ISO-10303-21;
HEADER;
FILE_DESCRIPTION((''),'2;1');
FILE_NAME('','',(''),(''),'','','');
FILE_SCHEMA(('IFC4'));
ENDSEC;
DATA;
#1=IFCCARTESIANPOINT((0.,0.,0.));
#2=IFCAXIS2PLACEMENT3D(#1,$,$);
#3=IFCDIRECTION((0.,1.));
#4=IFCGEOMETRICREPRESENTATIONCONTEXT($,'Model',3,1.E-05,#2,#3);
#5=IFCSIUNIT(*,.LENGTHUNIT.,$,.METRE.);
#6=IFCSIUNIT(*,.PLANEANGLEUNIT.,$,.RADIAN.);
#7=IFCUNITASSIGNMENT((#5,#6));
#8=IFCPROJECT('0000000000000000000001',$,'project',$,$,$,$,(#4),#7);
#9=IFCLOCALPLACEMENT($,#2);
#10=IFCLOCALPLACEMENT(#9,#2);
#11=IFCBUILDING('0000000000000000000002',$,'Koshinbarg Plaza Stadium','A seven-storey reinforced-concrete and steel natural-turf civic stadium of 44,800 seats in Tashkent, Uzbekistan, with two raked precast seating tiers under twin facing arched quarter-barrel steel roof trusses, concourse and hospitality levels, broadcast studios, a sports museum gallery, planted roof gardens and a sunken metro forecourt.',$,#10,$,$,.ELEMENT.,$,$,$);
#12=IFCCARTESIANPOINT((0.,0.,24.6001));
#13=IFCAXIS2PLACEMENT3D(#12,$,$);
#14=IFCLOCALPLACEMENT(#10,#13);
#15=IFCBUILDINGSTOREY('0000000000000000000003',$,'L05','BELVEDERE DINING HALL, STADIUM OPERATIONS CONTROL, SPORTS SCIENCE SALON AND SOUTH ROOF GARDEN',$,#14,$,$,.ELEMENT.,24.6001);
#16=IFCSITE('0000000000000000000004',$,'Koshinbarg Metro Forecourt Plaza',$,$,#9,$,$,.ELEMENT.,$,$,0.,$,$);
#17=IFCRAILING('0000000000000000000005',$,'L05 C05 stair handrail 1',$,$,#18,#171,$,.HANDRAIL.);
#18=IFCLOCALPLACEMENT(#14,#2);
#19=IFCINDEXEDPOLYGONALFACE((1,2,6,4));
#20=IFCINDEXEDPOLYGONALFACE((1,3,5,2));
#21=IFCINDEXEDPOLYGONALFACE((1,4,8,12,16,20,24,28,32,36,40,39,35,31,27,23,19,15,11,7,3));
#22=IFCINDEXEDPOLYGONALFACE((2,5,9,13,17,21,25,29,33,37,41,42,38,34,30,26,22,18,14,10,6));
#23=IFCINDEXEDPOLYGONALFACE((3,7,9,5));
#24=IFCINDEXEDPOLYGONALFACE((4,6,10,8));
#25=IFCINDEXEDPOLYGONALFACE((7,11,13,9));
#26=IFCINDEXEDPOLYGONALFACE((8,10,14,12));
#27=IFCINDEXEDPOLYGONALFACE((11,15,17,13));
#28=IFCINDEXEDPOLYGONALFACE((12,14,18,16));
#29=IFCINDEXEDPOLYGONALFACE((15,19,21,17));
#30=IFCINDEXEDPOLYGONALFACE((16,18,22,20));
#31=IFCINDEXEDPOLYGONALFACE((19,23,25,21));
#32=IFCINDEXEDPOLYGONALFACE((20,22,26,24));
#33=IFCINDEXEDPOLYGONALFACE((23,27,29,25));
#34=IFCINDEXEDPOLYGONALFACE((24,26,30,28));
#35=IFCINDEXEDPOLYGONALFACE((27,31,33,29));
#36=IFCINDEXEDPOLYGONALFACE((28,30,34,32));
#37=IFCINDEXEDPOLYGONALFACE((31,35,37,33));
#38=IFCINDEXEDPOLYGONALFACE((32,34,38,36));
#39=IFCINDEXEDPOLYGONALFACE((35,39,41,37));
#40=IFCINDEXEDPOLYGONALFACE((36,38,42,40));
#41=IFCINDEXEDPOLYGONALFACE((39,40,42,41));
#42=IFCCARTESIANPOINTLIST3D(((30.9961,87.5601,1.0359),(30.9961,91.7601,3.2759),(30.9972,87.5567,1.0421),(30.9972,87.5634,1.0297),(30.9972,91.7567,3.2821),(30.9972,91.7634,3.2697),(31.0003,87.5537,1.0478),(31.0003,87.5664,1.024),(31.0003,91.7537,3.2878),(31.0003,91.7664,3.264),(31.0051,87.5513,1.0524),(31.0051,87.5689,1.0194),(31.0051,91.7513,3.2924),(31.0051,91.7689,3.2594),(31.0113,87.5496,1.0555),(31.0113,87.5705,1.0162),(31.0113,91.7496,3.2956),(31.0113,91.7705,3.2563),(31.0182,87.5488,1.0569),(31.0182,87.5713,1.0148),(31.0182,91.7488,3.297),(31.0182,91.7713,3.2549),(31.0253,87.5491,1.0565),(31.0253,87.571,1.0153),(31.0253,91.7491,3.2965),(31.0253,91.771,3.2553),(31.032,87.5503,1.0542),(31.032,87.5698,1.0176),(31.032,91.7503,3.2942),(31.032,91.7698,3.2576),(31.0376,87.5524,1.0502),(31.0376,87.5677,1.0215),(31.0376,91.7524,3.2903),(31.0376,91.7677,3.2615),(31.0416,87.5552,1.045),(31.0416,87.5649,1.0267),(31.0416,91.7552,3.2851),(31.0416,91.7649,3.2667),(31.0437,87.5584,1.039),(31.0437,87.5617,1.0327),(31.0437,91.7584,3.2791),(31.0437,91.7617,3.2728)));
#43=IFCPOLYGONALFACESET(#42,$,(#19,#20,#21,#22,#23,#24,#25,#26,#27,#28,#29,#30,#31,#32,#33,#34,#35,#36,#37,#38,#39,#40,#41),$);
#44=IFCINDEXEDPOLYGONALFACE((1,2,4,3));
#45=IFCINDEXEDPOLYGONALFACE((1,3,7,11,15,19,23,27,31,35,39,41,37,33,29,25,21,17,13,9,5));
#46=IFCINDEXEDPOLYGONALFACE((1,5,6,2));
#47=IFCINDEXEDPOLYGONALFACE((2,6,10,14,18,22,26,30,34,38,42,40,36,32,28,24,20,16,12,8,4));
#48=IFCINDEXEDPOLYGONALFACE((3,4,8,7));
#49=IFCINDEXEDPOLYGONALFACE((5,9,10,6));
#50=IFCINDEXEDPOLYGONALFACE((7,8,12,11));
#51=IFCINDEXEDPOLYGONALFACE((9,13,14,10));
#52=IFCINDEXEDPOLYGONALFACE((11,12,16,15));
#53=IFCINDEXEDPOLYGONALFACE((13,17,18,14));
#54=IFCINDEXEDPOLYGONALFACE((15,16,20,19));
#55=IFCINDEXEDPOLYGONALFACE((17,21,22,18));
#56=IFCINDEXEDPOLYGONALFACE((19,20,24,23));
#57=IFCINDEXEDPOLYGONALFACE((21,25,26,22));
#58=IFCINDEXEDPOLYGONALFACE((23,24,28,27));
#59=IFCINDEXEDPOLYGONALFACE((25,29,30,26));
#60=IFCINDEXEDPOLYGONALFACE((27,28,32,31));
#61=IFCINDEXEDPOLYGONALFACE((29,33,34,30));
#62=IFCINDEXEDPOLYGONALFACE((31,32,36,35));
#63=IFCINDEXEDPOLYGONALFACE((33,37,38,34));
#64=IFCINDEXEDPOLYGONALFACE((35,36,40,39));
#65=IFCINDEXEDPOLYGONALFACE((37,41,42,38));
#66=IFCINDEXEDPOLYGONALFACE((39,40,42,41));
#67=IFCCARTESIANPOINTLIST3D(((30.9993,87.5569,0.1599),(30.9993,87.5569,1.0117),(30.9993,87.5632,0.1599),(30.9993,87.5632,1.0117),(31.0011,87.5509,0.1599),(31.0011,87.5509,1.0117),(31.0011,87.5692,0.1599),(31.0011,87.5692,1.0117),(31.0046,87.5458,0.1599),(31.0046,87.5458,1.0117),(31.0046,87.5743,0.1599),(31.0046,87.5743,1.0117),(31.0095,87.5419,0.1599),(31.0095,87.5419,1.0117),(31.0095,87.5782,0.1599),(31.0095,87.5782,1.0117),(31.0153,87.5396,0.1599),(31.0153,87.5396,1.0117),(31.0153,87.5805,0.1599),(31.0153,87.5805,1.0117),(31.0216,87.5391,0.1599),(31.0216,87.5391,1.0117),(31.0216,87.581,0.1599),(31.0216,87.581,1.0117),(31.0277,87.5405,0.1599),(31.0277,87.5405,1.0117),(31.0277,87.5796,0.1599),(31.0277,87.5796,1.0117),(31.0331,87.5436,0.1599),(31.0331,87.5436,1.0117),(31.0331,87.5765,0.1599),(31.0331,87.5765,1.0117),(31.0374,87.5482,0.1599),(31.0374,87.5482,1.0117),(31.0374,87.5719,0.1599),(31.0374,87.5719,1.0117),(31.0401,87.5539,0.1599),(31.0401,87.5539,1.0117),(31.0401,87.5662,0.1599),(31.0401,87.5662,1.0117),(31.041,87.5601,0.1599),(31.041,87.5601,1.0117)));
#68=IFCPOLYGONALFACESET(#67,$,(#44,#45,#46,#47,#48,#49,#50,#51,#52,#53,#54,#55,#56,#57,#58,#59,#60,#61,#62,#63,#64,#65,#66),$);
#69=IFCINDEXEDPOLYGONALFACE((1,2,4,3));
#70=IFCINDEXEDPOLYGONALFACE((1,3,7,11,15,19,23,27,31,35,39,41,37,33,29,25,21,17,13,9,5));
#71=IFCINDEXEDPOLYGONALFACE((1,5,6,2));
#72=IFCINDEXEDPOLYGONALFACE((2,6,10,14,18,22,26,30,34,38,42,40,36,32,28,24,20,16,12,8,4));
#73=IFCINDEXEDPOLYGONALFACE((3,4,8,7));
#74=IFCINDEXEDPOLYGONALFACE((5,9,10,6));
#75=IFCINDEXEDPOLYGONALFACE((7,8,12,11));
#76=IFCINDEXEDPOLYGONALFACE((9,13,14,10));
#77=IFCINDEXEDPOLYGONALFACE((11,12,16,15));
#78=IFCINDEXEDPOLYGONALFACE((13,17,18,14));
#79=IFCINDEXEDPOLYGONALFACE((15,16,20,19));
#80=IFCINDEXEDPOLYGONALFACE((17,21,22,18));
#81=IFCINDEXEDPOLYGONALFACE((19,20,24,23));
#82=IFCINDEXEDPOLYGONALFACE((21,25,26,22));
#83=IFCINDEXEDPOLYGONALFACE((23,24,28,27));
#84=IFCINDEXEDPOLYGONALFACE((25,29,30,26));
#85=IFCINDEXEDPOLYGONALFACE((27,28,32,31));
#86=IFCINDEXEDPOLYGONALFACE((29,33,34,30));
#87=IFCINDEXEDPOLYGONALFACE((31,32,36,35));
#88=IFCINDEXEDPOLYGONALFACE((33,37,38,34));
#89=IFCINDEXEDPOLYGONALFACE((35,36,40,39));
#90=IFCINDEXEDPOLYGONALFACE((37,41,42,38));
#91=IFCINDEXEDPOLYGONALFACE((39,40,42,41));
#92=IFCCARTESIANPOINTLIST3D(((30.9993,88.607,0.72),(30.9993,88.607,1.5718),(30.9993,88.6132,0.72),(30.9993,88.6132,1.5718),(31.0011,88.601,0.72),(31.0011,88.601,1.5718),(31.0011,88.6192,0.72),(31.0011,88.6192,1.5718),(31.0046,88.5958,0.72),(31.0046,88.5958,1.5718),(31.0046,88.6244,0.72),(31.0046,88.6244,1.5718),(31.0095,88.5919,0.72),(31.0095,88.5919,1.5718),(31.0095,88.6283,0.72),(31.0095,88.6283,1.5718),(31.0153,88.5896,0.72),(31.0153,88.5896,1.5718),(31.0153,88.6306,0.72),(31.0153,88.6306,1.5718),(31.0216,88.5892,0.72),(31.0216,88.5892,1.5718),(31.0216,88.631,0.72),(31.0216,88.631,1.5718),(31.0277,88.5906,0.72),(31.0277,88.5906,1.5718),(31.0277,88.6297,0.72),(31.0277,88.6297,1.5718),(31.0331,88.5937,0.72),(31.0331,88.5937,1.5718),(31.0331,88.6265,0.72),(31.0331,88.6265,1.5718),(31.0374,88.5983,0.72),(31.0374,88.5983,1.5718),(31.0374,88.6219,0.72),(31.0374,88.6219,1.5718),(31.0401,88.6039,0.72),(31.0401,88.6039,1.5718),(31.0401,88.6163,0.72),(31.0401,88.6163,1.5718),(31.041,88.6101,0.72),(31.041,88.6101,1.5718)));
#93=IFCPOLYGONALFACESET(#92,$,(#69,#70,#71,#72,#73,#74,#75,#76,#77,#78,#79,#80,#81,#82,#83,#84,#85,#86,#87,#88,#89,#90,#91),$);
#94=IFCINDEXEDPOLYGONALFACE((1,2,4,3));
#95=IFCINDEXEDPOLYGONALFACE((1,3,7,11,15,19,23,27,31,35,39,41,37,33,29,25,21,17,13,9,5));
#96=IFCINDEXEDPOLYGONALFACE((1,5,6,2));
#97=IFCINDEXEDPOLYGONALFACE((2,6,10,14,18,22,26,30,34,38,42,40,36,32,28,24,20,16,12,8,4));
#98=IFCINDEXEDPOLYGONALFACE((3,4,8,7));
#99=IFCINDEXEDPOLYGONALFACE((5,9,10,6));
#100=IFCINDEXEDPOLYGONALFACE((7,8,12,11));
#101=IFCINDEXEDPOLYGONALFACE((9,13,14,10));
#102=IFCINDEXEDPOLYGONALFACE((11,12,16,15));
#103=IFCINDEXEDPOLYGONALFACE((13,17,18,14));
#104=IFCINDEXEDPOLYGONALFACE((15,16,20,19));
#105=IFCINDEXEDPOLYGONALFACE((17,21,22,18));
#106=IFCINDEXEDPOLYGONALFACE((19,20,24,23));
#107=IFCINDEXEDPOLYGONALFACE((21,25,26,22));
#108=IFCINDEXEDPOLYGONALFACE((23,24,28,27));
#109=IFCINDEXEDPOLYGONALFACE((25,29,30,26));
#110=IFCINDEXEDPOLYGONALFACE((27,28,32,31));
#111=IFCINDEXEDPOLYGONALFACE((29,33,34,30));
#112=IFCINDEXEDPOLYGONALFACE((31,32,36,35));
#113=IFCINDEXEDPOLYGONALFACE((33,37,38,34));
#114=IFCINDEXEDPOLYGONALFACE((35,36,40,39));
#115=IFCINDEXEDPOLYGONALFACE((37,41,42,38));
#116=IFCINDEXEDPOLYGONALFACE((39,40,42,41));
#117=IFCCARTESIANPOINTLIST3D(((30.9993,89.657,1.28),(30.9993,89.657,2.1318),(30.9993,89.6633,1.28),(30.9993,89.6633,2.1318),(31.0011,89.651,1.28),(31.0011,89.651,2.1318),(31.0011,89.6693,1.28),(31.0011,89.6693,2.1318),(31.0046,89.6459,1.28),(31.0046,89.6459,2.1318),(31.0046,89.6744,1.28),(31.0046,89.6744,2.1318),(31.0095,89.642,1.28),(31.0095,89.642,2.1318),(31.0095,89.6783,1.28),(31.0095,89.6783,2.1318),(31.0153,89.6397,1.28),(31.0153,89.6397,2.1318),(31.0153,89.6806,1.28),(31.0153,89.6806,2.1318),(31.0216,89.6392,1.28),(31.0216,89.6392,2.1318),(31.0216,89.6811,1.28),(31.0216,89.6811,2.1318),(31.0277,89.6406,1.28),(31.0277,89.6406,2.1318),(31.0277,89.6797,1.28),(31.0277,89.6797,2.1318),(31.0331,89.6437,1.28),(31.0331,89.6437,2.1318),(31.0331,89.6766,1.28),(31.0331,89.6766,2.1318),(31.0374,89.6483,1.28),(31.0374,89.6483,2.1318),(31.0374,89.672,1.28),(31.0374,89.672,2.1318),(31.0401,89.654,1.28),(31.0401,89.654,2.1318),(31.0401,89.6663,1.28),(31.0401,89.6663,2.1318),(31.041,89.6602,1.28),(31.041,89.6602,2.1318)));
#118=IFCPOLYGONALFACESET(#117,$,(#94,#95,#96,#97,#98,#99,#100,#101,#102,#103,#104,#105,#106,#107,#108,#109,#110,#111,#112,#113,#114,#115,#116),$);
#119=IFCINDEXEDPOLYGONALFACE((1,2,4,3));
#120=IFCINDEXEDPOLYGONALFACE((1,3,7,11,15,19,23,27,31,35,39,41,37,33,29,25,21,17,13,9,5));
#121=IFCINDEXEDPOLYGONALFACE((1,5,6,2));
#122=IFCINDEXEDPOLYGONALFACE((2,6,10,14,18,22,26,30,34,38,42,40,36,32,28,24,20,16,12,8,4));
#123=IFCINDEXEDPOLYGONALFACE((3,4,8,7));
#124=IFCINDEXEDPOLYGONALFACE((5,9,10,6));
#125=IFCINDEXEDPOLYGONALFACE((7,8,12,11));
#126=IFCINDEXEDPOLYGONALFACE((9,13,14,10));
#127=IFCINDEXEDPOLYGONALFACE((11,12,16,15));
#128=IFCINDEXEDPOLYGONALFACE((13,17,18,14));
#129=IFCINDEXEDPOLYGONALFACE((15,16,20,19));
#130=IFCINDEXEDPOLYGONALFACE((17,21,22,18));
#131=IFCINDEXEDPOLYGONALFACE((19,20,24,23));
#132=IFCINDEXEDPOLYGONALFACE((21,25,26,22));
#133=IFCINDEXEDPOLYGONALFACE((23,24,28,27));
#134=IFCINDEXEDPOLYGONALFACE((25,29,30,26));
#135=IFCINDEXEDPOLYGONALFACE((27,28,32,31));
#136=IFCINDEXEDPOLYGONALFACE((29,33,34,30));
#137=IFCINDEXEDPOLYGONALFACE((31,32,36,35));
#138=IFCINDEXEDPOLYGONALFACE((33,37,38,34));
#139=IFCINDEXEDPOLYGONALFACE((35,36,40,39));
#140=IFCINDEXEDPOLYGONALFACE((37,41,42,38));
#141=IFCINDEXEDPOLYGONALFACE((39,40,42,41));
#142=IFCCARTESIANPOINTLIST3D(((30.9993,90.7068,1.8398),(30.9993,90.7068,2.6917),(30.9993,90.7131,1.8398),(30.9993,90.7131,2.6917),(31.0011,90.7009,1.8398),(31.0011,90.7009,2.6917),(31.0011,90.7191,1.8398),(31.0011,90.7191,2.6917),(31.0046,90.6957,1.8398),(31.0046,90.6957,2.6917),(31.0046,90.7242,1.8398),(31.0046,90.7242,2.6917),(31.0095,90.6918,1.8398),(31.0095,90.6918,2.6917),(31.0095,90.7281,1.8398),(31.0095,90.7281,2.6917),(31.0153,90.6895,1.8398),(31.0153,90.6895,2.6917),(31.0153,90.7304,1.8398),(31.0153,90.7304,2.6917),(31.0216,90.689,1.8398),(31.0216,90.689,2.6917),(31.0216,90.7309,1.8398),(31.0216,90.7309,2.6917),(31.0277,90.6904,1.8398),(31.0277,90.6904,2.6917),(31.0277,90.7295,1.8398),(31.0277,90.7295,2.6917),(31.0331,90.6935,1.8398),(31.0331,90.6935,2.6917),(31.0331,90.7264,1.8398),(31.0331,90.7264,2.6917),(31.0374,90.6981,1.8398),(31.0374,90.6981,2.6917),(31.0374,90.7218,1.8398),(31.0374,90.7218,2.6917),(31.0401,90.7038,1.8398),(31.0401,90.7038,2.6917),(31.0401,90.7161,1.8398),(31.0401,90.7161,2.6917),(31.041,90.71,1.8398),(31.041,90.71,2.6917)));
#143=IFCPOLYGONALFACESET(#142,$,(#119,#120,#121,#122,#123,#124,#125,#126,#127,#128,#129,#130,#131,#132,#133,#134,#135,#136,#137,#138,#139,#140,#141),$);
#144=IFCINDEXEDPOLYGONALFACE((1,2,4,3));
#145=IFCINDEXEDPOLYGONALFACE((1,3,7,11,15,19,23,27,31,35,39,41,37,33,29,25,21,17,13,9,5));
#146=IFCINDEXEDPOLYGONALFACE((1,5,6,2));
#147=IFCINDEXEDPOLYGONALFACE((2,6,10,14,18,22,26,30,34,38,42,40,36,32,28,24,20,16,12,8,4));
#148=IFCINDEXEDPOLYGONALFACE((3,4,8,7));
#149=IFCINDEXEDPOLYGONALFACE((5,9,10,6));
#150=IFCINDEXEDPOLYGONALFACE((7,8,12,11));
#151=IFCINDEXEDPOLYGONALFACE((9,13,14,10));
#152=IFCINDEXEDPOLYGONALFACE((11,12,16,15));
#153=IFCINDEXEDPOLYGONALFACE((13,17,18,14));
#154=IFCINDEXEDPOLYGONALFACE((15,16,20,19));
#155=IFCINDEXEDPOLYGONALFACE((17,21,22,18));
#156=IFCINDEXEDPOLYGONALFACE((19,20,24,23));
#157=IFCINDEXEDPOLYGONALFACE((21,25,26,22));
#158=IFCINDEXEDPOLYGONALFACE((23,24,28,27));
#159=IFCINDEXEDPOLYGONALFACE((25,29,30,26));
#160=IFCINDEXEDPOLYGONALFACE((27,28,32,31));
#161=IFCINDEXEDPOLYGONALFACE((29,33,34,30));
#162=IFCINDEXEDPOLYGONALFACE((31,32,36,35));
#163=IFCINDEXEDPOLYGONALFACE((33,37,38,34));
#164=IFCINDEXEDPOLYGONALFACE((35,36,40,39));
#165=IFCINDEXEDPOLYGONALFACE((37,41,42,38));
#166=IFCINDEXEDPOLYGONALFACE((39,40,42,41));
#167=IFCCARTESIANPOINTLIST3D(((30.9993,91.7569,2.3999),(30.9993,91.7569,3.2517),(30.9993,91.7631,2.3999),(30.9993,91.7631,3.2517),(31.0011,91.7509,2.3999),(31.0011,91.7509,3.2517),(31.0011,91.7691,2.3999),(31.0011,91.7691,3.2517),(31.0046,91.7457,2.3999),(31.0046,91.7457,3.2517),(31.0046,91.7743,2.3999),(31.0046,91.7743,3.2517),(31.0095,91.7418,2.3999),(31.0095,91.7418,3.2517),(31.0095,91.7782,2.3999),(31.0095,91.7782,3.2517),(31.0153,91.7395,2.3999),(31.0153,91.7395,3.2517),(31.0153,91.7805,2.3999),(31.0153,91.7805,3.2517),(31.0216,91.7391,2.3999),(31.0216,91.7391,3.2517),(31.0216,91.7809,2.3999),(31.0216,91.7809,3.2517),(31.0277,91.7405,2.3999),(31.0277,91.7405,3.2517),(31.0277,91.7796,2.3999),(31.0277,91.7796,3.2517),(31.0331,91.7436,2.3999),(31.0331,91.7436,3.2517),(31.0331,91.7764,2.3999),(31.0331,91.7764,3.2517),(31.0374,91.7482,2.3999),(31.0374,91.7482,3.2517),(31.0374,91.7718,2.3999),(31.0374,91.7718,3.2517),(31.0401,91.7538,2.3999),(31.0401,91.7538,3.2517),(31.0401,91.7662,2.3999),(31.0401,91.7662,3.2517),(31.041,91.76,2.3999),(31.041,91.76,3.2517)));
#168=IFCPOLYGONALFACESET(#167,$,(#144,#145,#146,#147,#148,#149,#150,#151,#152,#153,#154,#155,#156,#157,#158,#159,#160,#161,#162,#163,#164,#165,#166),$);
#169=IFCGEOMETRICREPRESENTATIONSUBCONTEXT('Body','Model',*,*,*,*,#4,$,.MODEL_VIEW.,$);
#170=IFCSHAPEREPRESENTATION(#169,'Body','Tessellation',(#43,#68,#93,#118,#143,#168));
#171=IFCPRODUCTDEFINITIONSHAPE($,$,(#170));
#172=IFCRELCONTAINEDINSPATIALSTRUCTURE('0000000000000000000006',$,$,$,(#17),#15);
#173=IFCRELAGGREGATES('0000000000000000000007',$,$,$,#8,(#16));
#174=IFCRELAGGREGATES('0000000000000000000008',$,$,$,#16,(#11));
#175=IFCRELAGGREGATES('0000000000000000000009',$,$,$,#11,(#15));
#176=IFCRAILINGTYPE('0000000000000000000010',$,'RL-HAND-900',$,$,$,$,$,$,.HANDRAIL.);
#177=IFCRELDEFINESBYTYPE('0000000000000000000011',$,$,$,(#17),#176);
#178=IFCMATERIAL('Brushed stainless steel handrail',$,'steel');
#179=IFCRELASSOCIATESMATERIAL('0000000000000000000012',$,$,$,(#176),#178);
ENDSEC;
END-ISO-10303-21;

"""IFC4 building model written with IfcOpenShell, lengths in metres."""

from ifc_helpers import new_model, si_unit, direction, frame, origin, origin_2d, place, context, subcontext, project, spatial, circle, extrude, material, type_object, element, save


model = new_model("IFC4")

# Units and contexts
model_context = context("Model", 3, precision=1e-05, world=origin(), true_north=direction((0.0, 1.0)))
body_context = subcontext(model_context, "Body", "Model", "MODEL_VIEW")
ifc_project = project(units=[si_unit("LENGTHUNIT", "METRE"), si_unit("PLANEANGLEUNIT", "RADIAN")], contexts=[model_context])

# Site, building, storey
site_placement = place(None, origin())
site = spatial("IfcSite", under=ifc_project, at=site_placement, Name="Koshinbarg Metro Forecourt Plaza", CompositionType="ELEMENT", RefElevation=0.0)
building_placement = place(site_placement, origin())
building = spatial("IfcBuilding", under=site, at=building_placement, Name="Koshinbarg Plaza Stadium", Description="A seven-storey reinforced-concrete and steel natural-turf civic stadium of 44,800 seats in Tashkent, Uzbekistan, with two raked precast seating tiers under twin facing arched quarter-barrel steel roof trusses, concourse and hospitality levels, broadcast studios, a sports museum gallery, planted roof gardens and a sunken metro forecourt.", CompositionType="ELEMENT")
storey_placement = place(building_placement, frame((0.0, 0.0, 24.6001)))
storey = spatial("IfcBuildingStorey", under=building, at=storey_placement, Name="L05", Description="BELVEDERE DINING HALL, STADIUM OPERATIONS CONTROL, SPORTS SCIENCE SALON AND SOUTH ROOF GARDEN", CompositionType="ELEMENT", Elevation=24.6001)

# Railing
ifc_material_1 = material(Name="Brushed stainless steel handrail", Category="steel")
railing_type_1 = type_object("IfcRailingType", Name="RL-HAND-900", PredefinedType="HANDRAIL", material=ifc_material_1)
railing_1_placement = place(storey_placement, frame((31.02, 87.5601, 0.1599)))
element("IfcRailing", 1, at=railing_1_placement, inside=storey, type_object=railing_type_1, Name="L05 C05 stair handrail 1", PredefinedType="HANDRAIL", context=body_context, shape_type="SweptSolid", body=[
    extrude(circle(Radius=0.0239, at=origin_2d()), frame((0.0, 0.0, 0.876), z_axis=(0.0, 0.882352, 0.470591), x_axis=(-1.0, 0.0, 0.0)), (0.0, 0.0, 1.0), 4.76),
    extrude(circle(Radius=0.021, at=origin_2d()), origin(), (0.0, 0.0, 1.0), 0.8518),
    extrude(circle(Radius=0.021, at=origin_2d()), frame((0.0, 1.05, 0.5601)), (0.0, 0.0, 1.0), 0.8518),
    extrude(circle(Radius=0.021, at=origin_2d()), frame((0.0, 2.1001, 1.1201)), (0.0, 0.0, 1.0), 0.8518),
    extrude(circle(Radius=0.021, at=origin_2d()), frame((0.0, 3.1499, 1.6799)), (0.0, 0.0, 1.0), 0.8518),
    extrude(circle(Radius=0.021, at=origin_2d()), frame((0.0, 4.2, 2.24)), (0.0, 0.0, 1.0), 0.8518),
])

save(model, "model.ifc")
